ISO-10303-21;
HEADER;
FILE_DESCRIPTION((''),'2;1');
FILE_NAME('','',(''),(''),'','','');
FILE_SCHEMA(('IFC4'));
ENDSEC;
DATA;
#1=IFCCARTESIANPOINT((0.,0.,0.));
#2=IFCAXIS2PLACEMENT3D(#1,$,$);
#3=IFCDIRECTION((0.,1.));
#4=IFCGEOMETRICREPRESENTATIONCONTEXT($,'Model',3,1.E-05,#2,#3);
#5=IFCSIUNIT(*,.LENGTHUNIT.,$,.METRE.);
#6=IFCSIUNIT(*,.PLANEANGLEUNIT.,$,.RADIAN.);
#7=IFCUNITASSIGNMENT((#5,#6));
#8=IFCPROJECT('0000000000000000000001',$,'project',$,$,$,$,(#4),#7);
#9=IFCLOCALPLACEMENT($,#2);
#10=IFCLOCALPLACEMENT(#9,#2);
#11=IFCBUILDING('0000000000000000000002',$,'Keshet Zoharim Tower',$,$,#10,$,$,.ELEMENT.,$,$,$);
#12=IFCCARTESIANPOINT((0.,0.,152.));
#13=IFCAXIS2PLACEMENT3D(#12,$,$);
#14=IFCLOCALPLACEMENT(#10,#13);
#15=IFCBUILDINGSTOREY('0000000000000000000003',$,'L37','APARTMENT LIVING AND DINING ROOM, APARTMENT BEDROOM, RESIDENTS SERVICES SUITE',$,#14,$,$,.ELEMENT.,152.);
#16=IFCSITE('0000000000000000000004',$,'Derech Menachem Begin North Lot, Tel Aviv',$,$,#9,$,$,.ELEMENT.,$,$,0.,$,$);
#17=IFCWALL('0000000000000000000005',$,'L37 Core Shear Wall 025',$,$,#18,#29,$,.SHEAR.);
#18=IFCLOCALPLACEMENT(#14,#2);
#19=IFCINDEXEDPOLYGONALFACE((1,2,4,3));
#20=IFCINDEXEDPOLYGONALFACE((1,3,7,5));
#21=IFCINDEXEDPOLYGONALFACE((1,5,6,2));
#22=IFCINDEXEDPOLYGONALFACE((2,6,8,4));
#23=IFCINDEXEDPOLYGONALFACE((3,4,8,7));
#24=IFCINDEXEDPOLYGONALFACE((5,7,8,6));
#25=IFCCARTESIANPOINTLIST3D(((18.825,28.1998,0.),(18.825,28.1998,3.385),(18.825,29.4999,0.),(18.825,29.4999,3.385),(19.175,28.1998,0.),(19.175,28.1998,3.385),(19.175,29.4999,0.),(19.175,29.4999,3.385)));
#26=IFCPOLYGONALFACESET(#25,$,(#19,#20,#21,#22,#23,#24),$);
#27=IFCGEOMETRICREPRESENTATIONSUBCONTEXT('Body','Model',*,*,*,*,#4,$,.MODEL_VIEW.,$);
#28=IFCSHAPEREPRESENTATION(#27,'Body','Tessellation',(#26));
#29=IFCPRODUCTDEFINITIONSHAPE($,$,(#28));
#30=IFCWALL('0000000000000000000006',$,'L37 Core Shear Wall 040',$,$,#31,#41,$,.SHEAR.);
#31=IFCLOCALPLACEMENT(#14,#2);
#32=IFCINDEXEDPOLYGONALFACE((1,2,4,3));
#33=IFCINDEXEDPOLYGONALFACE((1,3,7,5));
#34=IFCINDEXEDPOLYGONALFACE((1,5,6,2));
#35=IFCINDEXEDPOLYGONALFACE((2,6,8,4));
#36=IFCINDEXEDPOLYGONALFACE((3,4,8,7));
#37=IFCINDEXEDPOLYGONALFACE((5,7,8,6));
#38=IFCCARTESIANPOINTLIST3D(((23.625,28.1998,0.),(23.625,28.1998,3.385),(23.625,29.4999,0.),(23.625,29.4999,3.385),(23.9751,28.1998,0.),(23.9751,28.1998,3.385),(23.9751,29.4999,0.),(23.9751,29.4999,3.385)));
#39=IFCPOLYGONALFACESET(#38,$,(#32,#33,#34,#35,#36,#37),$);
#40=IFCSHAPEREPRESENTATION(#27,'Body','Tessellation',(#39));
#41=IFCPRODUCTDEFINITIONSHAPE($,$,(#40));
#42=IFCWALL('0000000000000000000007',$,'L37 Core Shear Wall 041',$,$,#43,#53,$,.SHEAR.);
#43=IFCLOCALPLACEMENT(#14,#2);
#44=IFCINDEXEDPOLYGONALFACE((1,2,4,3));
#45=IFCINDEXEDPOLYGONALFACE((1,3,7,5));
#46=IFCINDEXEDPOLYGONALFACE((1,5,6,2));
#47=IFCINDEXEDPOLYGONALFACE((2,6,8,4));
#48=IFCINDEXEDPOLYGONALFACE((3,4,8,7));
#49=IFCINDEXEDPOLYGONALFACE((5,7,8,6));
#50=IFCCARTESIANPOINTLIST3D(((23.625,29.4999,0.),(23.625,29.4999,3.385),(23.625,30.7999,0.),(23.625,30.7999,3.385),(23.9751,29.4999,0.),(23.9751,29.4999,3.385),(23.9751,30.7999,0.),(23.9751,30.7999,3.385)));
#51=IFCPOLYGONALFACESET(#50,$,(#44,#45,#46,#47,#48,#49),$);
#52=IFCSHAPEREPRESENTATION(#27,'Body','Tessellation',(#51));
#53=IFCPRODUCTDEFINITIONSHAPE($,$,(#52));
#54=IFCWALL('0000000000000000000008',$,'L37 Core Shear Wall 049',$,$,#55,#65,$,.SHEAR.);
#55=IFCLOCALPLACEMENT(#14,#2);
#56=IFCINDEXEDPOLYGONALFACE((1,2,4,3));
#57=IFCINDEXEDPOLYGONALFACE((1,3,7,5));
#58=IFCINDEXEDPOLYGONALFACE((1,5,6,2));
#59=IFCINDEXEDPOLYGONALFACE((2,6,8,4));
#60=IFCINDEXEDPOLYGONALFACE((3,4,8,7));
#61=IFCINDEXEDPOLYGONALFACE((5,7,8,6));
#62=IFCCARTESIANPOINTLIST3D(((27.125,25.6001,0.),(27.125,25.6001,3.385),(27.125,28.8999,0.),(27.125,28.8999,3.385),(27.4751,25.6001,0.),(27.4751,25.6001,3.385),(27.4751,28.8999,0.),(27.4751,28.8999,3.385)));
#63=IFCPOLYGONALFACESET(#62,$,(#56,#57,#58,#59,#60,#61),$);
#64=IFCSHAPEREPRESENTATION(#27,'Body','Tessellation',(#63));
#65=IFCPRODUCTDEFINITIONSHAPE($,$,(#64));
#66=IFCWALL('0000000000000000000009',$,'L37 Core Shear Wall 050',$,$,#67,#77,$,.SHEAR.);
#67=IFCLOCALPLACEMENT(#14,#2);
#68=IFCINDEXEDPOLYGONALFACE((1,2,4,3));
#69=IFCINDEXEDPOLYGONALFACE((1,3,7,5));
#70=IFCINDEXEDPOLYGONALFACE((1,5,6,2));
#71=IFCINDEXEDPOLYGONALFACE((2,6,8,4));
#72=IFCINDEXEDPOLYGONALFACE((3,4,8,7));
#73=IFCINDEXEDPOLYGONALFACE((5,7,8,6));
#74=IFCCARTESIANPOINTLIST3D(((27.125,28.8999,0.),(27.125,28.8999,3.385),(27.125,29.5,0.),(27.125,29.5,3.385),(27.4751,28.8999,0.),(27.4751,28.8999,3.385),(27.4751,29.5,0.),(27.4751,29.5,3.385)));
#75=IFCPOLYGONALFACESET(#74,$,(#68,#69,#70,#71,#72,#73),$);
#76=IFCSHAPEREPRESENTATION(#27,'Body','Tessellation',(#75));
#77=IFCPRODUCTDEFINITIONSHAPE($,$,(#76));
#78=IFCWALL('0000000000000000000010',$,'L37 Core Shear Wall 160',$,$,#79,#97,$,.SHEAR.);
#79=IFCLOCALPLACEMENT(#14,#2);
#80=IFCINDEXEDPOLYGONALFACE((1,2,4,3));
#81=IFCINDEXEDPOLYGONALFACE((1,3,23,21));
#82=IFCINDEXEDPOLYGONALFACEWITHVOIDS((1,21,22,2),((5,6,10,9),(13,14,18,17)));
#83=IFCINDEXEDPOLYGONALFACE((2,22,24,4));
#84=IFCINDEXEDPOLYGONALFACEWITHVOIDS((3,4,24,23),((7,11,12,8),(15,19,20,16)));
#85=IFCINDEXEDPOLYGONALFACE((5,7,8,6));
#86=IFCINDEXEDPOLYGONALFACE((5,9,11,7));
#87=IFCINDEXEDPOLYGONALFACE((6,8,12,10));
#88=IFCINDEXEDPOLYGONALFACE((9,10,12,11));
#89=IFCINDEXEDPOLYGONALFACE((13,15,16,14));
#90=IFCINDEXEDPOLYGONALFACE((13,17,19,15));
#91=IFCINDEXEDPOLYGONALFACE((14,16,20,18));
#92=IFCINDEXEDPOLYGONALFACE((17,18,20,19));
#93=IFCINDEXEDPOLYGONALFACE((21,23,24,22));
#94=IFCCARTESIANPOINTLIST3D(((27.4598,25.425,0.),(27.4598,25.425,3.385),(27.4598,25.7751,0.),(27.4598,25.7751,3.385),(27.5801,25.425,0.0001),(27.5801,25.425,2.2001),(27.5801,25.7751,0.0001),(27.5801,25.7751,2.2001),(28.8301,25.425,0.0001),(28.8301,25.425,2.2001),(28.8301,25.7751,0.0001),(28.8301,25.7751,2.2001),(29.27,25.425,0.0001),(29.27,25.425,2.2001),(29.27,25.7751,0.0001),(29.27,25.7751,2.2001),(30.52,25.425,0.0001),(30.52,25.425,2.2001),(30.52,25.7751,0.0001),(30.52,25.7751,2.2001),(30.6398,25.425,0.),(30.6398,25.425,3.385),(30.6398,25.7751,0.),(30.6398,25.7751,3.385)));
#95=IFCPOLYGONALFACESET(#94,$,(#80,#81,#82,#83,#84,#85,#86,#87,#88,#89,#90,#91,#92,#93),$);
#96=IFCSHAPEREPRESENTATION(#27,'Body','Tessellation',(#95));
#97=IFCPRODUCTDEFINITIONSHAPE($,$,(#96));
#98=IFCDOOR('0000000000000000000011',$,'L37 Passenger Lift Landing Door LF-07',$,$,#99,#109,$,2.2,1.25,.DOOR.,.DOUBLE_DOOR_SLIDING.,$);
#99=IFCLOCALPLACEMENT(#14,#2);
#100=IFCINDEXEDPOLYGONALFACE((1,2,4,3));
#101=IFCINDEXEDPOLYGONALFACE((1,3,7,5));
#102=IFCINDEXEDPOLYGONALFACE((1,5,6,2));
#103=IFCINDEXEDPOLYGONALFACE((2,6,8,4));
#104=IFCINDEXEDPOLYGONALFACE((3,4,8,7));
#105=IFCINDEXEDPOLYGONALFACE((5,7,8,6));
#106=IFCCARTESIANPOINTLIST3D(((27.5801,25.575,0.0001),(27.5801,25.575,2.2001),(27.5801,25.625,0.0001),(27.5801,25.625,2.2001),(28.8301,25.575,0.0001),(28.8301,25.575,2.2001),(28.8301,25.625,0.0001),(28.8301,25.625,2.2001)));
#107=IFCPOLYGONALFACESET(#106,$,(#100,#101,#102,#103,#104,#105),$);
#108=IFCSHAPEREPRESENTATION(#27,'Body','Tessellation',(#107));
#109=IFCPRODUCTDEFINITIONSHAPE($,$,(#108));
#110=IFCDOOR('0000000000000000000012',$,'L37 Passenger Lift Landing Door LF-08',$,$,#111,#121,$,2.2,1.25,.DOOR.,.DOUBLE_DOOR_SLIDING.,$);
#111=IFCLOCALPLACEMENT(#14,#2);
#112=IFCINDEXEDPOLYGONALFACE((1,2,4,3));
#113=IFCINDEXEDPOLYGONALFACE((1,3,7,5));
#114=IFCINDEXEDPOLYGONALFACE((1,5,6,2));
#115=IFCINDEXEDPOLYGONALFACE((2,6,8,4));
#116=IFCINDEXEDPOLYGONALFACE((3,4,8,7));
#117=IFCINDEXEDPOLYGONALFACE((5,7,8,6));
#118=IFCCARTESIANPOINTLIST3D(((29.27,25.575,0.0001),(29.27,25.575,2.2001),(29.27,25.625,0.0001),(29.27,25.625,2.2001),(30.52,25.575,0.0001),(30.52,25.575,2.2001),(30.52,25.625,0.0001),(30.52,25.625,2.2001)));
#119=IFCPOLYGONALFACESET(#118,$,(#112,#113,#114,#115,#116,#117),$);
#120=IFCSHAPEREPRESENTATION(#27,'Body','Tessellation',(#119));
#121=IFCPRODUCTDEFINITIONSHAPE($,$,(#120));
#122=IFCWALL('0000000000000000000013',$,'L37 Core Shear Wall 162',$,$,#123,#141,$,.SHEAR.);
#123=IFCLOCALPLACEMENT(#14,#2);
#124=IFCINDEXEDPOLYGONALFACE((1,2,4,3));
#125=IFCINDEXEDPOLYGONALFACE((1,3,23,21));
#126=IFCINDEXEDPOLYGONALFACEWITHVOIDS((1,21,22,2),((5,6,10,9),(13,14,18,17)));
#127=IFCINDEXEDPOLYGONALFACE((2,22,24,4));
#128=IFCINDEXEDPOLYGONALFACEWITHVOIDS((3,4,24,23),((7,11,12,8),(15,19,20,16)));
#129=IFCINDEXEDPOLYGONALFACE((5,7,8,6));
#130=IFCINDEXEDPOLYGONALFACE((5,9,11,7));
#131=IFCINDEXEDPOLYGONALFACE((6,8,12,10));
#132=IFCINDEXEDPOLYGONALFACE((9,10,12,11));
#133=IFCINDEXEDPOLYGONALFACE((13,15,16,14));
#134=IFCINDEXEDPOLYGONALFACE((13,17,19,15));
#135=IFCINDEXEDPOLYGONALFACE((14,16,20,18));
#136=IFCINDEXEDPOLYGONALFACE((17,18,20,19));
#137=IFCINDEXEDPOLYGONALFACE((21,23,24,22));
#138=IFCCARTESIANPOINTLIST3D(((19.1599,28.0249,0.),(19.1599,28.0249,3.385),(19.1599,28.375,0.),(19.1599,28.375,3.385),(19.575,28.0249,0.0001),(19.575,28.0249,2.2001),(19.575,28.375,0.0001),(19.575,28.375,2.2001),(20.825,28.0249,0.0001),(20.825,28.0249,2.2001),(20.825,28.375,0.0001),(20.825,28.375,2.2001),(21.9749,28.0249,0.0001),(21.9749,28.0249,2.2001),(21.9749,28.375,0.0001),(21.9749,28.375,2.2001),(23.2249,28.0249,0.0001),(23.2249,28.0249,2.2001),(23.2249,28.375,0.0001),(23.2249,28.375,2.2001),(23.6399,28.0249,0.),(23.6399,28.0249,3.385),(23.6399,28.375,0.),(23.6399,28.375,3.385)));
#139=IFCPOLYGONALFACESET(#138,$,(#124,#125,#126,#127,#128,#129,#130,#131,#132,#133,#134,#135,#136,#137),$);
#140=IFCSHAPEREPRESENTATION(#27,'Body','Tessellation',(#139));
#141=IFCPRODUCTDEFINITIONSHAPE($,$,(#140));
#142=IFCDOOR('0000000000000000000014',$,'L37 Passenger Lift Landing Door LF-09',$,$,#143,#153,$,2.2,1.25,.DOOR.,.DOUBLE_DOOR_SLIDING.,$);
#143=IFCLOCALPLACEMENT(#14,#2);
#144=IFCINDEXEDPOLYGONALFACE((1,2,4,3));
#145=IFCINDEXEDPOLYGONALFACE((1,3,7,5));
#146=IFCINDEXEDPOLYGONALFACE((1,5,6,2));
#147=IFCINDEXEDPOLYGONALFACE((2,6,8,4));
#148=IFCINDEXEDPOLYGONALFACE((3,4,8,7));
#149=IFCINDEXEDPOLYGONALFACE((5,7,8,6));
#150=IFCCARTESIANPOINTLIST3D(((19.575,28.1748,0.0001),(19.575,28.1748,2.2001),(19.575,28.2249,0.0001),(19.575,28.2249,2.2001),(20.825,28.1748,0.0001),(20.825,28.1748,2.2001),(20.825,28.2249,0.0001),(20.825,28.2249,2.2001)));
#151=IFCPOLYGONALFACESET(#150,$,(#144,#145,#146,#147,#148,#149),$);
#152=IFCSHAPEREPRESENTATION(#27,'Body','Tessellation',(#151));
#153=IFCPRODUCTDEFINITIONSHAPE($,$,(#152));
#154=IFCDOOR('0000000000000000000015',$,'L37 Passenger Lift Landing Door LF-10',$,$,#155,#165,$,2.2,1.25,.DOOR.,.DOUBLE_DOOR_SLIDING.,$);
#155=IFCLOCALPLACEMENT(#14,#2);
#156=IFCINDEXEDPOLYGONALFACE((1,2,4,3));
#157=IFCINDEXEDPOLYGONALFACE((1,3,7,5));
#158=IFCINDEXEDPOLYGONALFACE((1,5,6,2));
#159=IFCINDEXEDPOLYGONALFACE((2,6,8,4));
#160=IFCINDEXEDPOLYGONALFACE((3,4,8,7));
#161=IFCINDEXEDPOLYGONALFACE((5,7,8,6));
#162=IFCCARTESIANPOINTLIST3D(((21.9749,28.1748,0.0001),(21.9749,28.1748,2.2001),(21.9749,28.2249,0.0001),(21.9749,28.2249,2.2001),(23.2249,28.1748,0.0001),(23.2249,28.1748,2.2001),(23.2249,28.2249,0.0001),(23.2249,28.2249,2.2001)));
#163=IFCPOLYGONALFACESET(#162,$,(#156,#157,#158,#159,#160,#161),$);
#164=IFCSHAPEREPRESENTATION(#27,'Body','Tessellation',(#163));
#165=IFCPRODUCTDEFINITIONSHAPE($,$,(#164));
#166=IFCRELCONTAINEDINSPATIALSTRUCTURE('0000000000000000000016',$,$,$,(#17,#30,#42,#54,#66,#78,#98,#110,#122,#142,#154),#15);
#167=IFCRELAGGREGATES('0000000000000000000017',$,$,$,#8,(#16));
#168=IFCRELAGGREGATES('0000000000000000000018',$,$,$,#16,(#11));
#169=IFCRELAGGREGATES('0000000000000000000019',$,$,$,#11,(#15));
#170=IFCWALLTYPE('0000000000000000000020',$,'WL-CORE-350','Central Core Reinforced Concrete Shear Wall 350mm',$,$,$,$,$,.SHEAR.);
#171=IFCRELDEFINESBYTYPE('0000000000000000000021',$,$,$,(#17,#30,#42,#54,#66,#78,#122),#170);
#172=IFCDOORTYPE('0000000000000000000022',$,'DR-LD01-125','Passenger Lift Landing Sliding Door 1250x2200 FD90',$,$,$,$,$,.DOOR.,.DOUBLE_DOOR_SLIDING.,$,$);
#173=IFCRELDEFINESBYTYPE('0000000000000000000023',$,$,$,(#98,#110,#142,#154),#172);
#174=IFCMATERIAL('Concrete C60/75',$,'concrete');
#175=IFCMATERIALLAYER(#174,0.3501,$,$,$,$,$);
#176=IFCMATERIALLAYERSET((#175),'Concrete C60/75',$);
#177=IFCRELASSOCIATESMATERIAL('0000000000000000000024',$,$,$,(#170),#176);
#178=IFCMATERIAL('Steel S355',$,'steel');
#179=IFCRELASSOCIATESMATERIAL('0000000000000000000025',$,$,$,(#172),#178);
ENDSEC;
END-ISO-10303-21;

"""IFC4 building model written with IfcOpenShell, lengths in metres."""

from ifc_helpers import new_model, si_unit, direction, frame, frame_2d, origin, place, context, subcontext, project, spatial, rectangle, extrude, material, layer, layer_set, type_object, element, fill, save


model = new_model("IFC4")

# Units and contexts
model_context = context("Model", 3, precision=1e-05, world=origin(), true_north=direction((0.0, 1.0)))
body_context = subcontext(model_context, "Body", "Model", "MODEL_VIEW")
ifc_project = project(units=[si_unit("LENGTHUNIT", "METRE"), si_unit("PLANEANGLEUNIT", "RADIAN")], contexts=[model_context])

# Site, building, storey
site_placement = place(None, origin())
site = spatial("IfcSite", under=ifc_project, at=site_placement, Name="Derech Menachem Begin North Lot, Tel Aviv", CompositionType="ELEMENT", RefElevation=0.0)
building_placement = place(site_placement, origin())
building = spatial("IfcBuilding", under=site, at=building_placement, Name="Keshet Zoharim Tower", CompositionType="ELEMENT")
storey_placement = place(building_placement, frame((0.0, 0.0, 152.0)))
storey = spatial("IfcBuildingStorey", under=building, at=storey_placement, Name="L37", Description="APARTMENT LIVING AND DINING ROOM, APARTMENT BEDROOM, RESIDENTS SERVICES SUITE", CompositionType="ELEMENT", Elevation=152.0)

# Wall
ifc_material_1 = material(Name="Concrete C60/75", Category="concrete")
ifc_layer_1 = layer(ifc_material_1, 0.3501)
ifc_layer_set_1 = layer_set([ifc_layer_1], Name="Concrete C60/75")
wall_type_1 = type_object("IfcWallType", Name="WL-CORE-350", Description="Central Core Reinforced Concrete Shear Wall 350mm", PredefinedType="SHEAR", material=ifc_layer_set_1)
wall_1_placement = place(storey_placement, frame((19.0, 28.2, 0.0), z_axis=(0.0, 0.0, 1.0), x_axis=(0.0, 1.0, 0.0)))
element("IfcWall", 1, at=wall_1_placement, inside=storey, type_object=wall_type_1, Name="L37 Core Shear Wall 025", PredefinedType="SHEAR", context=body_context, shape_type="SweptSolid", body=[
    extrude(rectangle(XDim=1.3, YDim=0.3501, at=frame_2d((0.6499, 0.0))), origin(), (0.0, 0.0, 1.0), 3.385),
])

# Walls
for number, where, z_axis, x_axis, name in (
    (2, (23.8, 28.2, 0.0), (0.0, 0.0, 1.0), (0.0, 1.0, 0.0), "L37 Core Shear Wall 040"),
    (3, (23.8, 29.5, 0.0), (0.0, 0.0, 1.0), (0.0, 1.0, 0.0), "L37 Core Shear Wall 041"),
):
    element("IfcWall", number, at=place(storey_placement, frame(where, z_axis=z_axis, x_axis=x_axis)), inside=storey, type_object=wall_type_1, Name=name, PredefinedType="SHEAR", context=body_context, shape_type="SweptSolid", body=[
        extrude(rectangle(XDim=1.3, YDim=0.3501, at=frame_2d((0.6499, 0.0))), origin(), (0.0, 0.0, 1.0), 3.385),
    ])
wall_2_placement = place(storey_placement, frame((27.3, 25.6001, 0.0), z_axis=(0.0, 0.0, 1.0), x_axis=(0.0, 1.0, 0.0)))
element("IfcWall", 4, at=wall_2_placement, inside=storey, type_object=wall_type_1, Name="L37 Core Shear Wall 049", PredefinedType="SHEAR", context=body_context, shape_type="SweptSolid", body=[
    extrude(rectangle(XDim=3.2998, YDim=0.3501, at=frame_2d((1.6499, 0.0))), origin(), (0.0, 0.0, 1.0), 3.385),
])
wall_3_placement = place(storey_placement, frame((27.3, 28.8999, 0.0), z_axis=(0.0, 0.0, 1.0), x_axis=(0.0, 1.0, 0.0)))
element("IfcWall", 5, at=wall_3_placement, inside=storey, type_object=wall_type_1, Name="L37 Core Shear Wall 050", PredefinedType="SHEAR", context=body_context, shape_type="SweptSolid", body=[
    extrude(rectangle(XDim=0.6001, YDim=0.3501, at=frame_2d((0.3, 0.0))), origin(), (0.0, 0.0, 1.0), 3.385),
])

# Walls, openings, doors
wall_4_placement = place(storey_placement, frame((27.46, 25.6001, 0.0), z_axis=(0.0, 0.0, 1.0), x_axis=(1.0, 0.0, 0.0)))
wall_4 = element("IfcWall", 6, at=wall_4_placement, inside=storey, type_object=wall_type_1, Name="L37 Core Shear Wall 160", PredefinedType="SHEAR", context=body_context, shape_type="SweptSolid", body=[
    extrude(rectangle(XDim=3.1799, YDim=0.3501, at=frame_2d((1.5898, 0.0))), origin(), (0.0, 0.0, 1.0), 3.385),
])
opening_1_placement = place(wall_4_placement, frame((0.1201, 0.0, 0.0)))
opening_1 = element("IfcOpeningElement", 7, at=opening_1_placement, cuts=wall_4, PredefinedType="OPENING", context=body_context, shape_type="SweptSolid", body=[
    extrude(rectangle(XDim=1.25, YDim=2.2, at=frame_2d((0.625, 1.1001))), frame((0.0, 0.1851, 0.0), z_axis=(0.0, -1.0, 0.0), x_axis=(1.0, 0.0, 0.0)), (0.0, 0.0, 1.0), 0.3701),
])
opening_2_placement = place(wall_4_placement, frame((1.8101, 0.0, 0.0)))
opening_2 = element("IfcOpeningElement", 8, at=opening_2_placement, cuts=wall_4, PredefinedType="OPENING", context=body_context, shape_type="SweptSolid", body=[
    extrude(rectangle(XDim=1.25, YDim=2.2, at=frame_2d((0.625, 1.1001))), frame((0.0, 0.1851, 0.0), z_axis=(0.0, -1.0, 0.0), x_axis=(1.0, 0.0, 0.0)), (0.0, 0.0, 1.0), 0.3701),
])
ifc_material_2 = material(Name="Steel S355", Category="steel")
door_type_1 = type_object("IfcDoorType", Name="DR-LD01-125", Description="Passenger Lift Landing Sliding Door 1250x2200 FD90", OperationType="DOUBLE_DOOR_SLIDING", PredefinedType="DOOR", material=ifc_material_2)
door_1_placement = place(opening_1_placement, origin())
door_1 = element("IfcDoor", 9, at=door_1_placement, inside=storey, type_object=door_type_1, Name="L37 Passenger Lift Landing Door LF-07", OperationType="DOUBLE_DOOR_SLIDING", OverallHeight=2.2, OverallWidth=1.25, PredefinedType="DOOR", context=body_context, shape_type="SweptSolid", body=[
    extrude(rectangle(XDim=1.25, YDim=2.2, at=frame_2d((0.625, 1.1001))), frame((0.0, 0.0249, 0.0), z_axis=(0.0, -1.0, 0.0), x_axis=(1.0, 0.0, 0.0)), (0.0, 0.0, 1.0), 0.05),
])
fill(opening_1, door_1)
door_2_placement = place(opening_2_placement, origin())
door_2 = element("IfcDoor", 10, at=door_2_placement, inside=storey, type_object=door_type_1, Name="L37 Passenger Lift Landing Door LF-08", OperationType="DOUBLE_DOOR_SLIDING", OverallHeight=2.2, OverallWidth=1.25, PredefinedType="DOOR", context=body_context, shape_type="SweptSolid", body=[
    extrude(rectangle(XDim=1.25, YDim=2.2, at=frame_2d((0.625, 1.1001))), frame((0.0, 0.0249, 0.0), z_axis=(0.0, -1.0, 0.0), x_axis=(1.0, 0.0, 0.0)), (0.0, 0.0, 1.0), 0.05),
])
fill(opening_2, door_2)
wall_5_placement = place(storey_placement, frame((19.1599, 28.2, 0.0), z_axis=(0.0, 0.0, 1.0), x_axis=(1.0, 0.0, 0.0)))
wall_5 = element("IfcWall", 11, at=wall_5_placement, inside=storey, type_object=wall_type_1, Name="L37 Core Shear Wall 162", PredefinedType="SHEAR", context=body_context, shape_type="SweptSolid", body=[
    extrude(rectangle(XDim=4.48, YDim=0.3501, at=frame_2d((2.24, 0.0))), origin(), (0.0, 0.0, 1.0), 3.385),
])
opening_3_placement = place(wall_5_placement, frame((0.415, 0.0, 0.0)))
opening_3 = element("IfcOpeningElement", 12, at=opening_3_placement, cuts=wall_5, PredefinedType="OPENING", context=body_context, shape_type="SweptSolid", body=[
    extrude(rectangle(XDim=1.25, YDim=2.2, at=frame_2d((0.625, 1.1001))), frame((0.0, 0.1851, 0.0), z_axis=(0.0, -1.0, 0.0), x_axis=(1.0, 0.0, 0.0)), (0.0, 0.0, 1.0), 0.3701),
])
opening_4_placement = place(wall_5_placement, frame((2.8149, 0.0, 0.0)))
opening_4 = element("IfcOpeningElement", 13, at=opening_4_placement, cuts=wall_5, PredefinedType="OPENING", context=body_context, shape_type="SweptSolid", body=[
    extrude(rectangle(XDim=1.25, YDim=2.2, at=frame_2d((0.625, 1.1001))), frame((0.0, 0.1851, 0.0), z_axis=(0.0, -1.0, 0.0), x_axis=(1.0, 0.0, 0.0)), (0.0, 0.0, 1.0), 0.3701),
])
door_3_placement = place(opening_3_placement, origin())
door_3 = element("IfcDoor", 14, at=door_3_placement, inside=storey, type_object=door_type_1, Name="L37 Passenger Lift Landing Door LF-09", OperationType="DOUBLE_DOOR_SLIDING", OverallHeight=2.2, OverallWidth=1.25, PredefinedType="DOOR", context=body_context, shape_type="SweptSolid", body=[
    extrude(rectangle(XDim=1.25, YDim=2.2, at=frame_2d((0.625, 1.1001))), frame((0.0, 0.0249, 0.0), z_axis=(0.0, -1.0, 0.0), x_axis=(1.0, 0.0, 0.0)), (0.0, 0.0, 1.0), 0.05),
])
fill(opening_3, door_3)
door_4_placement = place(opening_4_placement, origin())
door_4 = element("IfcDoor", 15, at=door_4_placement, inside=storey, type_object=door_type_1, Name="L37 Passenger Lift Landing Door LF-10", OperationType="DOUBLE_DOOR_SLIDING", OverallHeight=2.2, OverallWidth=1.25, PredefinedType="DOOR", context=body_context, shape_type="SweptSolid", body=[
    extrude(rectangle(XDim=1.25, YDim=2.2, at=frame_2d((0.625, 1.1001))), frame((0.0, 0.0249, 0.0), z_axis=(0.0, -1.0, 0.0), x_axis=(1.0, 0.0, 0.0)), (0.0, 0.0, 1.0), 0.05),
])
fill(opening_4, door_4)

save(model, "model.ifc")
